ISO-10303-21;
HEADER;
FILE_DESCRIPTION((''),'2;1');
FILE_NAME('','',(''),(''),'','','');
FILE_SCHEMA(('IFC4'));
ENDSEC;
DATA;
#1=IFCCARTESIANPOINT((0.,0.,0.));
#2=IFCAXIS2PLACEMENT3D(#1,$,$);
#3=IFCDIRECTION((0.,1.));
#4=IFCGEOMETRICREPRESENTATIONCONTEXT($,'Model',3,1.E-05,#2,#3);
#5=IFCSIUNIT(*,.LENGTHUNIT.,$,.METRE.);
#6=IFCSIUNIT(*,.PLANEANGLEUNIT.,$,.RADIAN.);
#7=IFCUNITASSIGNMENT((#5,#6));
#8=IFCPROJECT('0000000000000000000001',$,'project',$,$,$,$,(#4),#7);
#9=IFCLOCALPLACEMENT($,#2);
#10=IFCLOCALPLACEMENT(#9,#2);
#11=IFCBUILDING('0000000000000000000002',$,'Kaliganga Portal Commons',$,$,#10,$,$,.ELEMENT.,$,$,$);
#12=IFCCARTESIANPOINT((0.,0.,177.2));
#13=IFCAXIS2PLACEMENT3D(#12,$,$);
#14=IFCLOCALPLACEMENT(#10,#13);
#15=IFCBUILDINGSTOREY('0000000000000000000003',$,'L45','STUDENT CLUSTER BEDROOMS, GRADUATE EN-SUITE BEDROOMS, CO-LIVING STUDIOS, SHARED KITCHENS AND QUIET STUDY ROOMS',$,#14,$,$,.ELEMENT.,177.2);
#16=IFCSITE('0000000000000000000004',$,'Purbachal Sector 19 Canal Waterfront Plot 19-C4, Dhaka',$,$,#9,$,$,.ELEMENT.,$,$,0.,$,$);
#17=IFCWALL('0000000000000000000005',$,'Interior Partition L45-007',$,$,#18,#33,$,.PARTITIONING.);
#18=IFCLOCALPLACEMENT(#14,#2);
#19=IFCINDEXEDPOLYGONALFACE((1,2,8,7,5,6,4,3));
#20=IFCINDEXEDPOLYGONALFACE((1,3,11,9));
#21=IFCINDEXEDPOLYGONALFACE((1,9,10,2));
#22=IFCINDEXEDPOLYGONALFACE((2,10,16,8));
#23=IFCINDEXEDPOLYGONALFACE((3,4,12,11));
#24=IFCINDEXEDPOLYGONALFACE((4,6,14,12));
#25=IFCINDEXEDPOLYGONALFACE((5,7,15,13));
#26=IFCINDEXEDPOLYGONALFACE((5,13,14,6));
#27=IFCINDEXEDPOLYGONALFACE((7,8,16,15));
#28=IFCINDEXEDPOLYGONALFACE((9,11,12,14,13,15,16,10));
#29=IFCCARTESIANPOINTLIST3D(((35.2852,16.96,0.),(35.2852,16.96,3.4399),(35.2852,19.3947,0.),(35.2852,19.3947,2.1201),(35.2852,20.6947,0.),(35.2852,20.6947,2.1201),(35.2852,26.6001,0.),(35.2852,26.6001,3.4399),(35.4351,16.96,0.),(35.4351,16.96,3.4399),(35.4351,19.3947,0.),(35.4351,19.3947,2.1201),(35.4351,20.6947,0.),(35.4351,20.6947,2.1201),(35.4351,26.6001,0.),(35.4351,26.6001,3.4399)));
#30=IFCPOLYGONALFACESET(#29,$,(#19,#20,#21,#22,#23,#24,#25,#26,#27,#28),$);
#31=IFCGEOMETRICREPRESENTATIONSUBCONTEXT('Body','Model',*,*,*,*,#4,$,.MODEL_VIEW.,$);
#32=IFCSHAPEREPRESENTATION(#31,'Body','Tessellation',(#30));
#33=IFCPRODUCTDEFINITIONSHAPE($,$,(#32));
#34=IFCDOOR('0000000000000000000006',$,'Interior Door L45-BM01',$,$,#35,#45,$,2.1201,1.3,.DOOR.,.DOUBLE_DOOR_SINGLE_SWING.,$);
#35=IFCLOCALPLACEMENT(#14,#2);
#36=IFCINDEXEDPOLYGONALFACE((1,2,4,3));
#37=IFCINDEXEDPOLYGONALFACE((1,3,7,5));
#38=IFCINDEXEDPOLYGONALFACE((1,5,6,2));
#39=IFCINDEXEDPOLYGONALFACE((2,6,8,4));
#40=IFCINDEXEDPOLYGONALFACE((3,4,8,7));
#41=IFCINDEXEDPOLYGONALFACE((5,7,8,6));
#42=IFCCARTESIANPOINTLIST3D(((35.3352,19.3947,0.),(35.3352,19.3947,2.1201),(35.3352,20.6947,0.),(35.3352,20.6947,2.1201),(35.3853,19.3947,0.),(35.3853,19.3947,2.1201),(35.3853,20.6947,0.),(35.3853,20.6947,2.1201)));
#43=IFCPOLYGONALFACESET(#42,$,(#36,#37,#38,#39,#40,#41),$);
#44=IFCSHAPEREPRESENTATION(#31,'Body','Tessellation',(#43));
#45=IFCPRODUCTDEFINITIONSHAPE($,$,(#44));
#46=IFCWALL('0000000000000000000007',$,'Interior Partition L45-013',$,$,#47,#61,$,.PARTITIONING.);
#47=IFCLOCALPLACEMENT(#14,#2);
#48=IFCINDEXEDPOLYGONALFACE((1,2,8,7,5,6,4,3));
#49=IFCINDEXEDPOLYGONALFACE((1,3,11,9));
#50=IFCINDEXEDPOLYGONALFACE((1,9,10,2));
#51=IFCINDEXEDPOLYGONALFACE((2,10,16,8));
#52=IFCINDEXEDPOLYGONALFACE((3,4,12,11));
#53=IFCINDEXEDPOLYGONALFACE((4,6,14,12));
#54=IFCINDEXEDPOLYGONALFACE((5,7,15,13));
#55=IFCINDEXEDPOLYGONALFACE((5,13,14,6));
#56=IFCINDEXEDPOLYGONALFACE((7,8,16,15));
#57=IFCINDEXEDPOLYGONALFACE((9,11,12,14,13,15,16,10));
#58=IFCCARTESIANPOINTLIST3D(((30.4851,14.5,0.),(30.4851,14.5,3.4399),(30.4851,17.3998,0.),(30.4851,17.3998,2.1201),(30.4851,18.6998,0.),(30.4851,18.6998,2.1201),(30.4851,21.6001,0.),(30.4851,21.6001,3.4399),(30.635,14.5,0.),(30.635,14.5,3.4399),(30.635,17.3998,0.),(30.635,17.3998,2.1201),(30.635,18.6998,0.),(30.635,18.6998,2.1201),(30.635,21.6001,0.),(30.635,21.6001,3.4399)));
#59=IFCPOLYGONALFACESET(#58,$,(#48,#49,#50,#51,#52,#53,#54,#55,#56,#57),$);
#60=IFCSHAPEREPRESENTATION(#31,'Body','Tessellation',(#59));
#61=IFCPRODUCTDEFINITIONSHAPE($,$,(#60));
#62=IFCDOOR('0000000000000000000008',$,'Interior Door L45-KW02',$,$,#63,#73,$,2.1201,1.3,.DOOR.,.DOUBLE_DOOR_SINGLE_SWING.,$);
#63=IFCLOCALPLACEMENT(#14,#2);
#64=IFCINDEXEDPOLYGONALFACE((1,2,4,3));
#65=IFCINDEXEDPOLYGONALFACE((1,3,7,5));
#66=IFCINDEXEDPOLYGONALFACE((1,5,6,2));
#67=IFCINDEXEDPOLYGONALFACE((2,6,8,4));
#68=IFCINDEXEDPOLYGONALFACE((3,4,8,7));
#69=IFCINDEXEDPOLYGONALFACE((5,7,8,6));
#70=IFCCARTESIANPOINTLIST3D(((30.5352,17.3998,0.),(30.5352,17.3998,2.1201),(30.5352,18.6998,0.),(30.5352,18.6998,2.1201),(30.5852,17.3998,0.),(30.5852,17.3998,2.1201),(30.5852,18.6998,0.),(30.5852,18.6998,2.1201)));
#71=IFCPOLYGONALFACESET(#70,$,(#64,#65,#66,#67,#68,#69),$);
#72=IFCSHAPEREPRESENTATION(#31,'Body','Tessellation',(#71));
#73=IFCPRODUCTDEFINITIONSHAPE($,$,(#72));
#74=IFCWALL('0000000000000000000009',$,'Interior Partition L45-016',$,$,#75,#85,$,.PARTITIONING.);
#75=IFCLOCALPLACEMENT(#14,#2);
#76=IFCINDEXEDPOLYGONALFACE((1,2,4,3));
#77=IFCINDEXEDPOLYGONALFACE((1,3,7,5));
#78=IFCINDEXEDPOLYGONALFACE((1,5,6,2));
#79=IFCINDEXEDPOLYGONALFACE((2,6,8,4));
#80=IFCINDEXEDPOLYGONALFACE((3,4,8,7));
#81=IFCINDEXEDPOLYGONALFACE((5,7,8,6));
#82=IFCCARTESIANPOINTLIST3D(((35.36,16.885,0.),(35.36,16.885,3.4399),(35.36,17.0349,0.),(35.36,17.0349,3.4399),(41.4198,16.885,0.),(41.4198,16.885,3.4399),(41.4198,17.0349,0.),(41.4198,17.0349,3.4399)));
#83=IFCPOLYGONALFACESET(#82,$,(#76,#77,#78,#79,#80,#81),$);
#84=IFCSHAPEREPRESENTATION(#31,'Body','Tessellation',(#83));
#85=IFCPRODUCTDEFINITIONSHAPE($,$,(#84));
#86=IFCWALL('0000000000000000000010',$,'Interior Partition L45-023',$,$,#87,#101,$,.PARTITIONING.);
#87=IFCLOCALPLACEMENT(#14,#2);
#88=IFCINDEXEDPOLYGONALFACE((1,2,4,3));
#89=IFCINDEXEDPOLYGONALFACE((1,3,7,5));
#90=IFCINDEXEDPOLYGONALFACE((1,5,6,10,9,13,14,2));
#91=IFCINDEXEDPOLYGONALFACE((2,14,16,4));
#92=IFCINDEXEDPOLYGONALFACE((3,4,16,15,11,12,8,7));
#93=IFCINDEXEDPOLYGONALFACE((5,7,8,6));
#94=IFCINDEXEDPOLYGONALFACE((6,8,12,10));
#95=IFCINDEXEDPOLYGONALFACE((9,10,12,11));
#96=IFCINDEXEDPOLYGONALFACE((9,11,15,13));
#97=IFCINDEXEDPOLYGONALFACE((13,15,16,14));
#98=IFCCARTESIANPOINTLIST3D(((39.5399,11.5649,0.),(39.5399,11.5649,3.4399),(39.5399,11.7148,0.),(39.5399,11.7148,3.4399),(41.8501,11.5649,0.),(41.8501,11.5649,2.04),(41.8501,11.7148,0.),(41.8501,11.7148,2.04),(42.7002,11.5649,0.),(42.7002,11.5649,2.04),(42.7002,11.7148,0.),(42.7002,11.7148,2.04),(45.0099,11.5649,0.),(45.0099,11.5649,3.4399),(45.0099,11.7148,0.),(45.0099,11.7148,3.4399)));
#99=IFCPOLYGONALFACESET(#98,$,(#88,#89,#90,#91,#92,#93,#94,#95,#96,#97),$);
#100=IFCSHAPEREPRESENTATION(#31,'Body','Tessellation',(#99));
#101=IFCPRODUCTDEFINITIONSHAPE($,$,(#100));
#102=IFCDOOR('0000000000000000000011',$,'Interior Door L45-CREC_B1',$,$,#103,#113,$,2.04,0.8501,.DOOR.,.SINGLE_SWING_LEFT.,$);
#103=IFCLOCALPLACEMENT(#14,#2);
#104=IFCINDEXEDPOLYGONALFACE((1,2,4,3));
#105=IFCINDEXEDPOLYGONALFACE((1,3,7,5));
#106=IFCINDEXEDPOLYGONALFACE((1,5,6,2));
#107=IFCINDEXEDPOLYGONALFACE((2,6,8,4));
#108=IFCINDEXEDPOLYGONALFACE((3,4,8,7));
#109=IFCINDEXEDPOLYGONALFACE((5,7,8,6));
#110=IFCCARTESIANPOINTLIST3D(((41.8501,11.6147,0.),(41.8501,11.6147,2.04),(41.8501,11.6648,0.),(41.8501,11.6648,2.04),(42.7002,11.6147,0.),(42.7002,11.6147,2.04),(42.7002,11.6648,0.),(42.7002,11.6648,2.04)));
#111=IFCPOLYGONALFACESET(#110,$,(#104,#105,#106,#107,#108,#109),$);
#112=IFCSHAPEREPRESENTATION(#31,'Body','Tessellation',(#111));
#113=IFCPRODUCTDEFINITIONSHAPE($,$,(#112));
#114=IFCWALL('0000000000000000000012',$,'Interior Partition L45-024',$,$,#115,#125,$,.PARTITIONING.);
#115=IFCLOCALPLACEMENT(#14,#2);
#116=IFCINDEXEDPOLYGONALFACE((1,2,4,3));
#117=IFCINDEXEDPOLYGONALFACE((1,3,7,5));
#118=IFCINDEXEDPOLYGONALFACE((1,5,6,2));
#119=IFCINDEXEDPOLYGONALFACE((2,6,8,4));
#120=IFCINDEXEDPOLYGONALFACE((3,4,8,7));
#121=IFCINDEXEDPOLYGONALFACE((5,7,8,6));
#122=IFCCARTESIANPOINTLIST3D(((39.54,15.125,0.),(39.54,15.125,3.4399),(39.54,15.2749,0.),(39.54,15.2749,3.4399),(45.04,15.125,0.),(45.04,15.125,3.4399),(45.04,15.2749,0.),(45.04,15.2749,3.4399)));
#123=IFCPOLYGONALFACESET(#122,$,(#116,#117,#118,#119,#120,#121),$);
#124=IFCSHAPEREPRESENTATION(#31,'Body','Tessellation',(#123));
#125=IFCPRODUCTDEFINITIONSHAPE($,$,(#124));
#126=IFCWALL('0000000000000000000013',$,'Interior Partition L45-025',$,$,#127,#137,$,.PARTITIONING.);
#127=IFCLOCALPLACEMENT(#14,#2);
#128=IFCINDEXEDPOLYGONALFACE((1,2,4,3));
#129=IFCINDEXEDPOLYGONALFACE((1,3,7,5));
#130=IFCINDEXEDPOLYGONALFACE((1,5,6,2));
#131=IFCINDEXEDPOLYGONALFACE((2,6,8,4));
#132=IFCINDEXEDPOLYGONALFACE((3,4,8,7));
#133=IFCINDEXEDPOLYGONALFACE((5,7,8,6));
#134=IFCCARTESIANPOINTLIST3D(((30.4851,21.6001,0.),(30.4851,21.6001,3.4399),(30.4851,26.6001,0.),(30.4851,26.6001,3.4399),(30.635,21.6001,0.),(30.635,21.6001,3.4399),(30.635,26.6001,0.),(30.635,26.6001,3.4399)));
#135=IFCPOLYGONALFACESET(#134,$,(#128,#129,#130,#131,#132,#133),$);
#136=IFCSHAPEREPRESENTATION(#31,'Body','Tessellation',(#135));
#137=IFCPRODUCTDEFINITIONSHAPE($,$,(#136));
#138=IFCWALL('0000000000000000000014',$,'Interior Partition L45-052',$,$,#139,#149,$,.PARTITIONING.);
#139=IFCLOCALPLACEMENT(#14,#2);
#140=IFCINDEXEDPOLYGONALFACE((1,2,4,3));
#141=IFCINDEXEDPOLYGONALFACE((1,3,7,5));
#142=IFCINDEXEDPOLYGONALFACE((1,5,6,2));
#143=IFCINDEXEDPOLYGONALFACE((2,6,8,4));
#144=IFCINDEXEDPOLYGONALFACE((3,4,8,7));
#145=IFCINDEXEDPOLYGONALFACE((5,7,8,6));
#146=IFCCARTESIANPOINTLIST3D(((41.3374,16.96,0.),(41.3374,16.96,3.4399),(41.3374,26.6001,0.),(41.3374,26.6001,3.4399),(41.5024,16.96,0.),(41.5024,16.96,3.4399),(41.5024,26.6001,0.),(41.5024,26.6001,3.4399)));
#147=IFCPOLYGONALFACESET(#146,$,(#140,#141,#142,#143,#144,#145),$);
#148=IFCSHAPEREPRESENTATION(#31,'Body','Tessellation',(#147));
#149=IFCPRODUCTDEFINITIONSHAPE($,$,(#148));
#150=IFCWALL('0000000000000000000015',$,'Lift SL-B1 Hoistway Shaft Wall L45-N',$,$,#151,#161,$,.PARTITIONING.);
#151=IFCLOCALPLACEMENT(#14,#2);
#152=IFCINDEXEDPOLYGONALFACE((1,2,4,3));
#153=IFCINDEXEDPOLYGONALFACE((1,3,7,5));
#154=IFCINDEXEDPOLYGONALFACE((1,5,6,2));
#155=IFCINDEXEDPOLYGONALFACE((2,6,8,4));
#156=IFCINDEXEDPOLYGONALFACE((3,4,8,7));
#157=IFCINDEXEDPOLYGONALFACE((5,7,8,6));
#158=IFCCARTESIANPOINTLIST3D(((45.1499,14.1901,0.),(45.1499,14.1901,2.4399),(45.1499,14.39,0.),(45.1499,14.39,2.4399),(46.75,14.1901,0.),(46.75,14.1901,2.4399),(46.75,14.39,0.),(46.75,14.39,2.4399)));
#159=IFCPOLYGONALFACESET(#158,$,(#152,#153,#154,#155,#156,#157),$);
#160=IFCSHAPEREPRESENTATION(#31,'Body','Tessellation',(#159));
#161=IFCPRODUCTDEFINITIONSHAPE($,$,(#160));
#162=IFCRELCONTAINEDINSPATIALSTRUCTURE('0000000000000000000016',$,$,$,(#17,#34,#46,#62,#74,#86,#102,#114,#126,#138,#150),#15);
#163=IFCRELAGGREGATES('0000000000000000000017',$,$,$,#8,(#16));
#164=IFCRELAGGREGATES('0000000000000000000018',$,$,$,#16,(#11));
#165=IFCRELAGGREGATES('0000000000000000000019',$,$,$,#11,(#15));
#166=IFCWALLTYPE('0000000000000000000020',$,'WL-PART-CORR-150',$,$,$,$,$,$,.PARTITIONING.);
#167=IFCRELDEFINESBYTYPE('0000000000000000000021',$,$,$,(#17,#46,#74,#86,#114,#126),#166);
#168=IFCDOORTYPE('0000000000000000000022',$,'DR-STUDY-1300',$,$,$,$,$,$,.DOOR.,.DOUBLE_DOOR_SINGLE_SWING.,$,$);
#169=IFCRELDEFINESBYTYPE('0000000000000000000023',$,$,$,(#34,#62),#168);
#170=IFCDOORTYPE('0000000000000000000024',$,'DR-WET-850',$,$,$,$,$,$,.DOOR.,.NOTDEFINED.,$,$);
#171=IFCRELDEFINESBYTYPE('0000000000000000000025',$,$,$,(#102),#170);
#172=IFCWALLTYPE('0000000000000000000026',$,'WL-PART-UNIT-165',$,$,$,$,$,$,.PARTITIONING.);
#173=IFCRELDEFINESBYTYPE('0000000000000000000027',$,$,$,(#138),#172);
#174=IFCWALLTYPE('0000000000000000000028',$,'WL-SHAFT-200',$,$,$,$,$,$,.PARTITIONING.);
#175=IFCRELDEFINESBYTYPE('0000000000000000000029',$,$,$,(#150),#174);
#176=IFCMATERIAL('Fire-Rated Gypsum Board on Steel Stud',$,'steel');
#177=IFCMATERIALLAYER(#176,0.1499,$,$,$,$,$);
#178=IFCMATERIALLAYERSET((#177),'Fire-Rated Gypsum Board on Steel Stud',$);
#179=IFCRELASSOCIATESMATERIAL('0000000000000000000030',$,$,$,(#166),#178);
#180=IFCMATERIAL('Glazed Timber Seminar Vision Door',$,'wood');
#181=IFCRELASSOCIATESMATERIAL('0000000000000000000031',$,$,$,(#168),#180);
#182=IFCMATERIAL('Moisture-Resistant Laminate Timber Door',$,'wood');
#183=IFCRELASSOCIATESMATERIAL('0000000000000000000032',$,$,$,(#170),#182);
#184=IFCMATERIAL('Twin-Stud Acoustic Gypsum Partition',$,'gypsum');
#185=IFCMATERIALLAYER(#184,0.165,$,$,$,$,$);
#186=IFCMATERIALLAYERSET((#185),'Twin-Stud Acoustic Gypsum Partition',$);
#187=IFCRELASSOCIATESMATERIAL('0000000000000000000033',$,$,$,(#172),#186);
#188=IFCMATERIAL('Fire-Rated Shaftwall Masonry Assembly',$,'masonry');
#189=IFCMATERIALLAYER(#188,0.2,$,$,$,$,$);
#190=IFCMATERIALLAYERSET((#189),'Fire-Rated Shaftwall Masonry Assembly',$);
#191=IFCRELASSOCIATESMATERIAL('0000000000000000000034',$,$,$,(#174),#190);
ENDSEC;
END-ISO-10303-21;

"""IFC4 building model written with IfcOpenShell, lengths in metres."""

from ifc_helpers import new_model, si_unit, direction, frame, frame_2d, origin, place, context, subcontext, project, spatial, rectangle, extrude, material, layer, layer_set, type_object, element, fill, save


model = new_model("IFC4")

# Units and contexts
model_context = context("Model", 3, precision=1e-05, world=origin(), true_north=direction((0.0, 1.0)))
body_context = subcontext(model_context, "Body", "Model", "MODEL_VIEW")
ifc_project = project(units=[si_unit("LENGTHUNIT", "METRE"), si_unit("PLANEANGLEUNIT", "RADIAN")], contexts=[model_context])

# Site, building, storey
site_placement = place(None, origin())
site = spatial("IfcSite", under=ifc_project, at=site_placement, Name="Purbachal Sector 19 Canal Waterfront Plot 19-C4, Dhaka", CompositionType="ELEMENT", RefElevation=0.0)
building_placement = place(site_placement, origin())
building = spatial("IfcBuilding", under=site, at=building_placement, Name="Kaliganga Portal Commons", CompositionType="ELEMENT")
storey_placement = place(building_placement, frame((0.0, 0.0, 177.2)))
storey = spatial("IfcBuildingStorey", under=building, at=storey_placement, Name="L45", Description="STUDENT CLUSTER BEDROOMS, GRADUATE EN-SUITE BEDROOMS, CO-LIVING STUDIOS, SHARED KITCHENS AND QUIET STUDY ROOMS", CompositionType="ELEMENT", Elevation=177.2)

# Walls, openings, doors
ifc_material_1 = material(Name="Fire-Rated Gypsum Board on Steel Stud", Category="steel")
ifc_layer_1 = layer(ifc_material_1, 0.1499)
ifc_layer_set_1 = layer_set([ifc_layer_1], Name="Fire-Rated Gypsum Board on Steel Stud")
wall_type_1 = type_object("IfcWallType", Name="WL-PART-CORR-150", PredefinedType="PARTITIONING", material=ifc_layer_set_1)
wall_1_placement = place(storey_placement, frame((35.3601, 16.96, 0.0), z_axis=(0.0, 0.0, 1.0), x_axis=(0.0, 1.0, 0.0)))
wall_1 = element("IfcWall", 1, at=wall_1_placement, inside=storey, type_object=wall_type_1, Name="Interior Partition L45-007", PredefinedType="PARTITIONING", context=body_context, shape_type="SweptSolid", body=[
    extrude(rectangle(XDim=9.6401, YDim=0.1499, at=frame_2d((4.8201, 0.0))), origin(), (0.0, 0.0, 1.0), 3.4399),
])
opening_1_placement = place(wall_1_placement, frame((2.4348, 0.0, 0.0)))
opening_1 = element("IfcOpeningElement", 2, at=opening_1_placement, cuts=wall_1, PredefinedType="OPENING", context=body_context, shape_type="SweptSolid", body=[
    extrude(rectangle(XDim=1.3, YDim=2.1201, at=frame_2d((0.6499, 1.0601))), frame((0.0, 0.085, 0.0), z_axis=(0.0, -1.0, 0.0), x_axis=(1.0, 0.0, 0.0)), (0.0, 0.0, 1.0), 0.1699),
])
ifc_material_2 = material(Name="Glazed Timber Seminar Vision Door", Category="wood")
door_type_1 = type_object("IfcDoorType", Name="DR-STUDY-1300", OperationType="DOUBLE_DOOR_SINGLE_SWING", PredefinedType="DOOR", material=ifc_material_2)
door_1_placement = place(opening_1_placement, origin())
door_1 = element("IfcDoor", 3, at=door_1_placement, inside=storey, type_object=door_type_1, Name="Interior Door L45-BM01", OperationType="DOUBLE_DOOR_SINGLE_SWING", OverallHeight=2.1201, OverallWidth=1.3, PredefinedType="DOOR", context=body_context, shape_type="SweptSolid", body=[
    extrude(rectangle(XDim=1.3, YDim=2.1201, at=frame_2d((0.6499, 1.0601))), frame((0.0, 0.0249, 0.0), z_axis=(0.0, -1.0, 0.0), x_axis=(1.0, 0.0, 0.0)), (0.0, 0.0, 1.0), 0.05),
])
fill(opening_1, door_1)
wall_2_placement = place(storey_placement, frame((30.5601, 14.5, 0.0), z_axis=(0.0, 0.0, 1.0), x_axis=(0.0, 1.0, 0.0)))
wall_2 = element("IfcWall", 4, at=wall_2_placement, inside=storey, type_object=wall_type_1, Name="Interior Partition L45-013", PredefinedType="PARTITIONING", context=body_context, shape_type="SweptSolid", body=[
    extrude(rectangle(XDim=7.1001, YDim=0.1499, at=frame_2d((3.55, 0.0))), origin(), (0.0, 0.0, 1.0), 3.4399),
])
opening_2_placement = place(wall_2_placement, frame((2.8999, 0.0, 0.0)))
opening_2 = element("IfcOpeningElement", 5, at=opening_2_placement, cuts=wall_2, PredefinedType="OPENING", context=body_context, shape_type="SweptSolid", body=[
    extrude(rectangle(XDim=1.3, YDim=2.1201, at=frame_2d((0.6499, 1.0601))), frame((0.0, 0.085, 0.0), z_axis=(0.0, -1.0, 0.0), x_axis=(1.0, 0.0, 0.0)), (0.0, 0.0, 1.0), 0.1699),
])
door_2_placement = place(opening_2_placement, origin())
door_2 = element("IfcDoor", 6, at=door_2_placement, inside=storey, type_object=door_type_1, Name="Interior Door L45-KW02", OperationType="DOUBLE_DOOR_SINGLE_SWING", OverallHeight=2.1201, OverallWidth=1.3, PredefinedType="DOOR", context=body_context, shape_type="SweptSolid", body=[
    extrude(rectangle(XDim=1.3, YDim=2.1201, at=frame_2d((0.6499, 1.0601))), frame((0.0, 0.0249, 0.0), z_axis=(0.0, -1.0, 0.0), x_axis=(1.0, 0.0, 0.0)), (0.0, 0.0, 1.0), 0.05),
])
fill(opening_2, door_2)

# Wall
wall_3_placement = place(storey_placement, frame((35.3601, 16.96, 0.0), z_axis=(0.0, 0.0, 1.0), x_axis=(1.0, 0.0, 0.0)))
element("IfcWall", 7, at=wall_3_placement, inside=storey, type_object=wall_type_1, Name="Interior Partition L45-016", PredefinedType="PARTITIONING", context=body_context, shape_type="SweptSolid", body=[
    extrude(rectangle(XDim=6.0598, YDim=0.1499, at=frame_2d((3.0298, 0.0))), origin(), (0.0, 0.0, 1.0), 3.4399),
])

# Wall, opening, door
wall_4_placement = place(storey_placement, frame((39.54, 11.6399, 0.0), z_axis=(0.0, 0.0, 1.0), x_axis=(1.0, 0.0, 0.0)))
wall_4 = element("IfcWall", 8, at=wall_4_placement, inside=storey, type_object=wall_type_1, Name="Interior Partition L45-023", PredefinedType="PARTITIONING", context=body_context, shape_type="SweptSolid", body=[
    extrude(rectangle(XDim=5.47, YDim=0.1499, at=frame_2d((2.7349, 0.0))), origin(), (0.0, 0.0, 1.0), 3.4399),
])
opening_3_placement = place(wall_4_placement, frame((2.3101, 0.0, 0.0)))
opening_3 = element("IfcOpeningElement", 9, at=opening_3_placement, cuts=wall_4, PredefinedType="OPENING", context=body_context, shape_type="SweptSolid", body=[
    extrude(rectangle(XDim=0.8501, YDim=2.04, at=frame_2d((0.425, 1.02))), frame((0.0, 0.085, 0.0), z_axis=(0.0, -1.0, 0.0), x_axis=(1.0, 0.0, 0.0)), (0.0, 0.0, 1.0), 0.1699),
])
ifc_material_3 = material(Name="Moisture-Resistant Laminate Timber Door", Category="wood")
door_type_2 = type_object("IfcDoorType", Name="DR-WET-850", OperationType="NOTDEFINED", PredefinedType="DOOR", material=ifc_material_3)
door_3_placement = place(opening_3_placement, origin())
door_3 = element("IfcDoor", 10, at=door_3_placement, inside=storey, type_object=door_type_2, Name="Interior Door L45-CREC_B1", OperationType="SINGLE_SWING_LEFT", OverallHeight=2.04, OverallWidth=0.8501, PredefinedType="DOOR", context=body_context, shape_type="SweptSolid", body=[
    extrude(rectangle(XDim=0.8501, YDim=2.04, at=frame_2d((0.425, 1.02))), frame((0.0, 0.0249, 0.0), z_axis=(0.0, -1.0, 0.0), x_axis=(1.0, 0.0, 0.0)), (0.0, 0.0, 1.0), 0.05),
])
fill(opening_3, door_3)

# Walls
wall_5_placement = place(storey_placement, frame((39.54, 15.2, 0.0), z_axis=(0.0, 0.0, 1.0), x_axis=(1.0, 0.0, 0.0)))
element("IfcWall", 11, at=wall_5_placement, inside=storey, type_object=wall_type_1, Name="Interior Partition L45-024", PredefinedType="PARTITIONING", context=body_context, shape_type="SweptSolid", body=[
    extrude(rectangle(XDim=5.5, YDim=0.1499, at=frame_2d((2.75, 0.0))), origin(), (0.0, 0.0, 1.0), 3.4399),
])
wall_6_placement = place(storey_placement, frame((30.5601, 21.6001, 0.0), z_axis=(0.0, 0.0, 1.0), x_axis=(0.0, 1.0, 0.0)))
element("IfcWall", 12, at=wall_6_placement, inside=storey, type_object=wall_type_1, Name="Interior Partition L45-025", PredefinedType="PARTITIONING", context=body_context, shape_type="SweptSolid", body=[
    extrude(rectangle(XDim=5.0, YDim=0.1499, at=frame_2d((2.5, 0.0))), origin(), (0.0, 0.0, 1.0), 3.4399),
])

# Wall
ifc_material_4 = material(Name="Twin-Stud Acoustic Gypsum Partition", Category="gypsum")
ifc_layer_2 = layer(ifc_material_4, 0.165)
ifc_layer_set_2 = layer_set([ifc_layer_2], Name="Twin-Stud Acoustic Gypsum Partition")
wall_type_2 = type_object("IfcWallType", Name="WL-PART-UNIT-165", PredefinedType="PARTITIONING", material=ifc_layer_set_2)
wall_7_placement = place(storey_placement, frame((41.4199, 16.96, 0.0), z_axis=(0.0, 0.0, 1.0), x_axis=(0.0, 1.0, 0.0)))
element("IfcWall", 13, at=wall_7_placement, inside=storey, type_object=wall_type_2, Name="Interior Partition L45-052", PredefinedType="PARTITIONING", context=body_context, shape_type="SweptSolid", body=[
    extrude(rectangle(XDim=9.6401, YDim=0.165, at=frame_2d((4.8201, 0.0))), origin(), (0.0, 0.0, 1.0), 3.4399),
])

# Shared definitions
ifc_material_5 = material(Name="Fire-Rated Shaftwall Masonry Assembly", Category="masonry")
ifc_layer_3 = layer(ifc_material_5, 0.2)
ifc_layer_set_3 = layer_set([ifc_layer_3], Name="Fire-Rated Shaftwall Masonry Assembly")
wall_type_3 = type_object("IfcWallType", Name="WL-SHAFT-200", PredefinedType="PARTITIONING", material=ifc_layer_set_3)

# Wall
wall_8_placement = place(storey_placement, frame((45.1499, 14.29, 0.0), z_axis=(0.0, 0.0, 1.0), x_axis=(1.0, 0.0, 0.0)))
element("IfcWall", 14, at=wall_8_placement, inside=storey, type_object=wall_type_3, Name="Lift SL-B1 Hoistway Shaft Wall L45-N", PredefinedType="PARTITIONING", context=body_context, shape_type="SweptSolid", body=[
    extrude(rectangle(XDim=1.6001, YDim=0.2, at=frame_2d((0.8, 0.0))), origin(), (0.0, 0.0, 1.0), 2.4399),
])

save(model, "model.ifc")
